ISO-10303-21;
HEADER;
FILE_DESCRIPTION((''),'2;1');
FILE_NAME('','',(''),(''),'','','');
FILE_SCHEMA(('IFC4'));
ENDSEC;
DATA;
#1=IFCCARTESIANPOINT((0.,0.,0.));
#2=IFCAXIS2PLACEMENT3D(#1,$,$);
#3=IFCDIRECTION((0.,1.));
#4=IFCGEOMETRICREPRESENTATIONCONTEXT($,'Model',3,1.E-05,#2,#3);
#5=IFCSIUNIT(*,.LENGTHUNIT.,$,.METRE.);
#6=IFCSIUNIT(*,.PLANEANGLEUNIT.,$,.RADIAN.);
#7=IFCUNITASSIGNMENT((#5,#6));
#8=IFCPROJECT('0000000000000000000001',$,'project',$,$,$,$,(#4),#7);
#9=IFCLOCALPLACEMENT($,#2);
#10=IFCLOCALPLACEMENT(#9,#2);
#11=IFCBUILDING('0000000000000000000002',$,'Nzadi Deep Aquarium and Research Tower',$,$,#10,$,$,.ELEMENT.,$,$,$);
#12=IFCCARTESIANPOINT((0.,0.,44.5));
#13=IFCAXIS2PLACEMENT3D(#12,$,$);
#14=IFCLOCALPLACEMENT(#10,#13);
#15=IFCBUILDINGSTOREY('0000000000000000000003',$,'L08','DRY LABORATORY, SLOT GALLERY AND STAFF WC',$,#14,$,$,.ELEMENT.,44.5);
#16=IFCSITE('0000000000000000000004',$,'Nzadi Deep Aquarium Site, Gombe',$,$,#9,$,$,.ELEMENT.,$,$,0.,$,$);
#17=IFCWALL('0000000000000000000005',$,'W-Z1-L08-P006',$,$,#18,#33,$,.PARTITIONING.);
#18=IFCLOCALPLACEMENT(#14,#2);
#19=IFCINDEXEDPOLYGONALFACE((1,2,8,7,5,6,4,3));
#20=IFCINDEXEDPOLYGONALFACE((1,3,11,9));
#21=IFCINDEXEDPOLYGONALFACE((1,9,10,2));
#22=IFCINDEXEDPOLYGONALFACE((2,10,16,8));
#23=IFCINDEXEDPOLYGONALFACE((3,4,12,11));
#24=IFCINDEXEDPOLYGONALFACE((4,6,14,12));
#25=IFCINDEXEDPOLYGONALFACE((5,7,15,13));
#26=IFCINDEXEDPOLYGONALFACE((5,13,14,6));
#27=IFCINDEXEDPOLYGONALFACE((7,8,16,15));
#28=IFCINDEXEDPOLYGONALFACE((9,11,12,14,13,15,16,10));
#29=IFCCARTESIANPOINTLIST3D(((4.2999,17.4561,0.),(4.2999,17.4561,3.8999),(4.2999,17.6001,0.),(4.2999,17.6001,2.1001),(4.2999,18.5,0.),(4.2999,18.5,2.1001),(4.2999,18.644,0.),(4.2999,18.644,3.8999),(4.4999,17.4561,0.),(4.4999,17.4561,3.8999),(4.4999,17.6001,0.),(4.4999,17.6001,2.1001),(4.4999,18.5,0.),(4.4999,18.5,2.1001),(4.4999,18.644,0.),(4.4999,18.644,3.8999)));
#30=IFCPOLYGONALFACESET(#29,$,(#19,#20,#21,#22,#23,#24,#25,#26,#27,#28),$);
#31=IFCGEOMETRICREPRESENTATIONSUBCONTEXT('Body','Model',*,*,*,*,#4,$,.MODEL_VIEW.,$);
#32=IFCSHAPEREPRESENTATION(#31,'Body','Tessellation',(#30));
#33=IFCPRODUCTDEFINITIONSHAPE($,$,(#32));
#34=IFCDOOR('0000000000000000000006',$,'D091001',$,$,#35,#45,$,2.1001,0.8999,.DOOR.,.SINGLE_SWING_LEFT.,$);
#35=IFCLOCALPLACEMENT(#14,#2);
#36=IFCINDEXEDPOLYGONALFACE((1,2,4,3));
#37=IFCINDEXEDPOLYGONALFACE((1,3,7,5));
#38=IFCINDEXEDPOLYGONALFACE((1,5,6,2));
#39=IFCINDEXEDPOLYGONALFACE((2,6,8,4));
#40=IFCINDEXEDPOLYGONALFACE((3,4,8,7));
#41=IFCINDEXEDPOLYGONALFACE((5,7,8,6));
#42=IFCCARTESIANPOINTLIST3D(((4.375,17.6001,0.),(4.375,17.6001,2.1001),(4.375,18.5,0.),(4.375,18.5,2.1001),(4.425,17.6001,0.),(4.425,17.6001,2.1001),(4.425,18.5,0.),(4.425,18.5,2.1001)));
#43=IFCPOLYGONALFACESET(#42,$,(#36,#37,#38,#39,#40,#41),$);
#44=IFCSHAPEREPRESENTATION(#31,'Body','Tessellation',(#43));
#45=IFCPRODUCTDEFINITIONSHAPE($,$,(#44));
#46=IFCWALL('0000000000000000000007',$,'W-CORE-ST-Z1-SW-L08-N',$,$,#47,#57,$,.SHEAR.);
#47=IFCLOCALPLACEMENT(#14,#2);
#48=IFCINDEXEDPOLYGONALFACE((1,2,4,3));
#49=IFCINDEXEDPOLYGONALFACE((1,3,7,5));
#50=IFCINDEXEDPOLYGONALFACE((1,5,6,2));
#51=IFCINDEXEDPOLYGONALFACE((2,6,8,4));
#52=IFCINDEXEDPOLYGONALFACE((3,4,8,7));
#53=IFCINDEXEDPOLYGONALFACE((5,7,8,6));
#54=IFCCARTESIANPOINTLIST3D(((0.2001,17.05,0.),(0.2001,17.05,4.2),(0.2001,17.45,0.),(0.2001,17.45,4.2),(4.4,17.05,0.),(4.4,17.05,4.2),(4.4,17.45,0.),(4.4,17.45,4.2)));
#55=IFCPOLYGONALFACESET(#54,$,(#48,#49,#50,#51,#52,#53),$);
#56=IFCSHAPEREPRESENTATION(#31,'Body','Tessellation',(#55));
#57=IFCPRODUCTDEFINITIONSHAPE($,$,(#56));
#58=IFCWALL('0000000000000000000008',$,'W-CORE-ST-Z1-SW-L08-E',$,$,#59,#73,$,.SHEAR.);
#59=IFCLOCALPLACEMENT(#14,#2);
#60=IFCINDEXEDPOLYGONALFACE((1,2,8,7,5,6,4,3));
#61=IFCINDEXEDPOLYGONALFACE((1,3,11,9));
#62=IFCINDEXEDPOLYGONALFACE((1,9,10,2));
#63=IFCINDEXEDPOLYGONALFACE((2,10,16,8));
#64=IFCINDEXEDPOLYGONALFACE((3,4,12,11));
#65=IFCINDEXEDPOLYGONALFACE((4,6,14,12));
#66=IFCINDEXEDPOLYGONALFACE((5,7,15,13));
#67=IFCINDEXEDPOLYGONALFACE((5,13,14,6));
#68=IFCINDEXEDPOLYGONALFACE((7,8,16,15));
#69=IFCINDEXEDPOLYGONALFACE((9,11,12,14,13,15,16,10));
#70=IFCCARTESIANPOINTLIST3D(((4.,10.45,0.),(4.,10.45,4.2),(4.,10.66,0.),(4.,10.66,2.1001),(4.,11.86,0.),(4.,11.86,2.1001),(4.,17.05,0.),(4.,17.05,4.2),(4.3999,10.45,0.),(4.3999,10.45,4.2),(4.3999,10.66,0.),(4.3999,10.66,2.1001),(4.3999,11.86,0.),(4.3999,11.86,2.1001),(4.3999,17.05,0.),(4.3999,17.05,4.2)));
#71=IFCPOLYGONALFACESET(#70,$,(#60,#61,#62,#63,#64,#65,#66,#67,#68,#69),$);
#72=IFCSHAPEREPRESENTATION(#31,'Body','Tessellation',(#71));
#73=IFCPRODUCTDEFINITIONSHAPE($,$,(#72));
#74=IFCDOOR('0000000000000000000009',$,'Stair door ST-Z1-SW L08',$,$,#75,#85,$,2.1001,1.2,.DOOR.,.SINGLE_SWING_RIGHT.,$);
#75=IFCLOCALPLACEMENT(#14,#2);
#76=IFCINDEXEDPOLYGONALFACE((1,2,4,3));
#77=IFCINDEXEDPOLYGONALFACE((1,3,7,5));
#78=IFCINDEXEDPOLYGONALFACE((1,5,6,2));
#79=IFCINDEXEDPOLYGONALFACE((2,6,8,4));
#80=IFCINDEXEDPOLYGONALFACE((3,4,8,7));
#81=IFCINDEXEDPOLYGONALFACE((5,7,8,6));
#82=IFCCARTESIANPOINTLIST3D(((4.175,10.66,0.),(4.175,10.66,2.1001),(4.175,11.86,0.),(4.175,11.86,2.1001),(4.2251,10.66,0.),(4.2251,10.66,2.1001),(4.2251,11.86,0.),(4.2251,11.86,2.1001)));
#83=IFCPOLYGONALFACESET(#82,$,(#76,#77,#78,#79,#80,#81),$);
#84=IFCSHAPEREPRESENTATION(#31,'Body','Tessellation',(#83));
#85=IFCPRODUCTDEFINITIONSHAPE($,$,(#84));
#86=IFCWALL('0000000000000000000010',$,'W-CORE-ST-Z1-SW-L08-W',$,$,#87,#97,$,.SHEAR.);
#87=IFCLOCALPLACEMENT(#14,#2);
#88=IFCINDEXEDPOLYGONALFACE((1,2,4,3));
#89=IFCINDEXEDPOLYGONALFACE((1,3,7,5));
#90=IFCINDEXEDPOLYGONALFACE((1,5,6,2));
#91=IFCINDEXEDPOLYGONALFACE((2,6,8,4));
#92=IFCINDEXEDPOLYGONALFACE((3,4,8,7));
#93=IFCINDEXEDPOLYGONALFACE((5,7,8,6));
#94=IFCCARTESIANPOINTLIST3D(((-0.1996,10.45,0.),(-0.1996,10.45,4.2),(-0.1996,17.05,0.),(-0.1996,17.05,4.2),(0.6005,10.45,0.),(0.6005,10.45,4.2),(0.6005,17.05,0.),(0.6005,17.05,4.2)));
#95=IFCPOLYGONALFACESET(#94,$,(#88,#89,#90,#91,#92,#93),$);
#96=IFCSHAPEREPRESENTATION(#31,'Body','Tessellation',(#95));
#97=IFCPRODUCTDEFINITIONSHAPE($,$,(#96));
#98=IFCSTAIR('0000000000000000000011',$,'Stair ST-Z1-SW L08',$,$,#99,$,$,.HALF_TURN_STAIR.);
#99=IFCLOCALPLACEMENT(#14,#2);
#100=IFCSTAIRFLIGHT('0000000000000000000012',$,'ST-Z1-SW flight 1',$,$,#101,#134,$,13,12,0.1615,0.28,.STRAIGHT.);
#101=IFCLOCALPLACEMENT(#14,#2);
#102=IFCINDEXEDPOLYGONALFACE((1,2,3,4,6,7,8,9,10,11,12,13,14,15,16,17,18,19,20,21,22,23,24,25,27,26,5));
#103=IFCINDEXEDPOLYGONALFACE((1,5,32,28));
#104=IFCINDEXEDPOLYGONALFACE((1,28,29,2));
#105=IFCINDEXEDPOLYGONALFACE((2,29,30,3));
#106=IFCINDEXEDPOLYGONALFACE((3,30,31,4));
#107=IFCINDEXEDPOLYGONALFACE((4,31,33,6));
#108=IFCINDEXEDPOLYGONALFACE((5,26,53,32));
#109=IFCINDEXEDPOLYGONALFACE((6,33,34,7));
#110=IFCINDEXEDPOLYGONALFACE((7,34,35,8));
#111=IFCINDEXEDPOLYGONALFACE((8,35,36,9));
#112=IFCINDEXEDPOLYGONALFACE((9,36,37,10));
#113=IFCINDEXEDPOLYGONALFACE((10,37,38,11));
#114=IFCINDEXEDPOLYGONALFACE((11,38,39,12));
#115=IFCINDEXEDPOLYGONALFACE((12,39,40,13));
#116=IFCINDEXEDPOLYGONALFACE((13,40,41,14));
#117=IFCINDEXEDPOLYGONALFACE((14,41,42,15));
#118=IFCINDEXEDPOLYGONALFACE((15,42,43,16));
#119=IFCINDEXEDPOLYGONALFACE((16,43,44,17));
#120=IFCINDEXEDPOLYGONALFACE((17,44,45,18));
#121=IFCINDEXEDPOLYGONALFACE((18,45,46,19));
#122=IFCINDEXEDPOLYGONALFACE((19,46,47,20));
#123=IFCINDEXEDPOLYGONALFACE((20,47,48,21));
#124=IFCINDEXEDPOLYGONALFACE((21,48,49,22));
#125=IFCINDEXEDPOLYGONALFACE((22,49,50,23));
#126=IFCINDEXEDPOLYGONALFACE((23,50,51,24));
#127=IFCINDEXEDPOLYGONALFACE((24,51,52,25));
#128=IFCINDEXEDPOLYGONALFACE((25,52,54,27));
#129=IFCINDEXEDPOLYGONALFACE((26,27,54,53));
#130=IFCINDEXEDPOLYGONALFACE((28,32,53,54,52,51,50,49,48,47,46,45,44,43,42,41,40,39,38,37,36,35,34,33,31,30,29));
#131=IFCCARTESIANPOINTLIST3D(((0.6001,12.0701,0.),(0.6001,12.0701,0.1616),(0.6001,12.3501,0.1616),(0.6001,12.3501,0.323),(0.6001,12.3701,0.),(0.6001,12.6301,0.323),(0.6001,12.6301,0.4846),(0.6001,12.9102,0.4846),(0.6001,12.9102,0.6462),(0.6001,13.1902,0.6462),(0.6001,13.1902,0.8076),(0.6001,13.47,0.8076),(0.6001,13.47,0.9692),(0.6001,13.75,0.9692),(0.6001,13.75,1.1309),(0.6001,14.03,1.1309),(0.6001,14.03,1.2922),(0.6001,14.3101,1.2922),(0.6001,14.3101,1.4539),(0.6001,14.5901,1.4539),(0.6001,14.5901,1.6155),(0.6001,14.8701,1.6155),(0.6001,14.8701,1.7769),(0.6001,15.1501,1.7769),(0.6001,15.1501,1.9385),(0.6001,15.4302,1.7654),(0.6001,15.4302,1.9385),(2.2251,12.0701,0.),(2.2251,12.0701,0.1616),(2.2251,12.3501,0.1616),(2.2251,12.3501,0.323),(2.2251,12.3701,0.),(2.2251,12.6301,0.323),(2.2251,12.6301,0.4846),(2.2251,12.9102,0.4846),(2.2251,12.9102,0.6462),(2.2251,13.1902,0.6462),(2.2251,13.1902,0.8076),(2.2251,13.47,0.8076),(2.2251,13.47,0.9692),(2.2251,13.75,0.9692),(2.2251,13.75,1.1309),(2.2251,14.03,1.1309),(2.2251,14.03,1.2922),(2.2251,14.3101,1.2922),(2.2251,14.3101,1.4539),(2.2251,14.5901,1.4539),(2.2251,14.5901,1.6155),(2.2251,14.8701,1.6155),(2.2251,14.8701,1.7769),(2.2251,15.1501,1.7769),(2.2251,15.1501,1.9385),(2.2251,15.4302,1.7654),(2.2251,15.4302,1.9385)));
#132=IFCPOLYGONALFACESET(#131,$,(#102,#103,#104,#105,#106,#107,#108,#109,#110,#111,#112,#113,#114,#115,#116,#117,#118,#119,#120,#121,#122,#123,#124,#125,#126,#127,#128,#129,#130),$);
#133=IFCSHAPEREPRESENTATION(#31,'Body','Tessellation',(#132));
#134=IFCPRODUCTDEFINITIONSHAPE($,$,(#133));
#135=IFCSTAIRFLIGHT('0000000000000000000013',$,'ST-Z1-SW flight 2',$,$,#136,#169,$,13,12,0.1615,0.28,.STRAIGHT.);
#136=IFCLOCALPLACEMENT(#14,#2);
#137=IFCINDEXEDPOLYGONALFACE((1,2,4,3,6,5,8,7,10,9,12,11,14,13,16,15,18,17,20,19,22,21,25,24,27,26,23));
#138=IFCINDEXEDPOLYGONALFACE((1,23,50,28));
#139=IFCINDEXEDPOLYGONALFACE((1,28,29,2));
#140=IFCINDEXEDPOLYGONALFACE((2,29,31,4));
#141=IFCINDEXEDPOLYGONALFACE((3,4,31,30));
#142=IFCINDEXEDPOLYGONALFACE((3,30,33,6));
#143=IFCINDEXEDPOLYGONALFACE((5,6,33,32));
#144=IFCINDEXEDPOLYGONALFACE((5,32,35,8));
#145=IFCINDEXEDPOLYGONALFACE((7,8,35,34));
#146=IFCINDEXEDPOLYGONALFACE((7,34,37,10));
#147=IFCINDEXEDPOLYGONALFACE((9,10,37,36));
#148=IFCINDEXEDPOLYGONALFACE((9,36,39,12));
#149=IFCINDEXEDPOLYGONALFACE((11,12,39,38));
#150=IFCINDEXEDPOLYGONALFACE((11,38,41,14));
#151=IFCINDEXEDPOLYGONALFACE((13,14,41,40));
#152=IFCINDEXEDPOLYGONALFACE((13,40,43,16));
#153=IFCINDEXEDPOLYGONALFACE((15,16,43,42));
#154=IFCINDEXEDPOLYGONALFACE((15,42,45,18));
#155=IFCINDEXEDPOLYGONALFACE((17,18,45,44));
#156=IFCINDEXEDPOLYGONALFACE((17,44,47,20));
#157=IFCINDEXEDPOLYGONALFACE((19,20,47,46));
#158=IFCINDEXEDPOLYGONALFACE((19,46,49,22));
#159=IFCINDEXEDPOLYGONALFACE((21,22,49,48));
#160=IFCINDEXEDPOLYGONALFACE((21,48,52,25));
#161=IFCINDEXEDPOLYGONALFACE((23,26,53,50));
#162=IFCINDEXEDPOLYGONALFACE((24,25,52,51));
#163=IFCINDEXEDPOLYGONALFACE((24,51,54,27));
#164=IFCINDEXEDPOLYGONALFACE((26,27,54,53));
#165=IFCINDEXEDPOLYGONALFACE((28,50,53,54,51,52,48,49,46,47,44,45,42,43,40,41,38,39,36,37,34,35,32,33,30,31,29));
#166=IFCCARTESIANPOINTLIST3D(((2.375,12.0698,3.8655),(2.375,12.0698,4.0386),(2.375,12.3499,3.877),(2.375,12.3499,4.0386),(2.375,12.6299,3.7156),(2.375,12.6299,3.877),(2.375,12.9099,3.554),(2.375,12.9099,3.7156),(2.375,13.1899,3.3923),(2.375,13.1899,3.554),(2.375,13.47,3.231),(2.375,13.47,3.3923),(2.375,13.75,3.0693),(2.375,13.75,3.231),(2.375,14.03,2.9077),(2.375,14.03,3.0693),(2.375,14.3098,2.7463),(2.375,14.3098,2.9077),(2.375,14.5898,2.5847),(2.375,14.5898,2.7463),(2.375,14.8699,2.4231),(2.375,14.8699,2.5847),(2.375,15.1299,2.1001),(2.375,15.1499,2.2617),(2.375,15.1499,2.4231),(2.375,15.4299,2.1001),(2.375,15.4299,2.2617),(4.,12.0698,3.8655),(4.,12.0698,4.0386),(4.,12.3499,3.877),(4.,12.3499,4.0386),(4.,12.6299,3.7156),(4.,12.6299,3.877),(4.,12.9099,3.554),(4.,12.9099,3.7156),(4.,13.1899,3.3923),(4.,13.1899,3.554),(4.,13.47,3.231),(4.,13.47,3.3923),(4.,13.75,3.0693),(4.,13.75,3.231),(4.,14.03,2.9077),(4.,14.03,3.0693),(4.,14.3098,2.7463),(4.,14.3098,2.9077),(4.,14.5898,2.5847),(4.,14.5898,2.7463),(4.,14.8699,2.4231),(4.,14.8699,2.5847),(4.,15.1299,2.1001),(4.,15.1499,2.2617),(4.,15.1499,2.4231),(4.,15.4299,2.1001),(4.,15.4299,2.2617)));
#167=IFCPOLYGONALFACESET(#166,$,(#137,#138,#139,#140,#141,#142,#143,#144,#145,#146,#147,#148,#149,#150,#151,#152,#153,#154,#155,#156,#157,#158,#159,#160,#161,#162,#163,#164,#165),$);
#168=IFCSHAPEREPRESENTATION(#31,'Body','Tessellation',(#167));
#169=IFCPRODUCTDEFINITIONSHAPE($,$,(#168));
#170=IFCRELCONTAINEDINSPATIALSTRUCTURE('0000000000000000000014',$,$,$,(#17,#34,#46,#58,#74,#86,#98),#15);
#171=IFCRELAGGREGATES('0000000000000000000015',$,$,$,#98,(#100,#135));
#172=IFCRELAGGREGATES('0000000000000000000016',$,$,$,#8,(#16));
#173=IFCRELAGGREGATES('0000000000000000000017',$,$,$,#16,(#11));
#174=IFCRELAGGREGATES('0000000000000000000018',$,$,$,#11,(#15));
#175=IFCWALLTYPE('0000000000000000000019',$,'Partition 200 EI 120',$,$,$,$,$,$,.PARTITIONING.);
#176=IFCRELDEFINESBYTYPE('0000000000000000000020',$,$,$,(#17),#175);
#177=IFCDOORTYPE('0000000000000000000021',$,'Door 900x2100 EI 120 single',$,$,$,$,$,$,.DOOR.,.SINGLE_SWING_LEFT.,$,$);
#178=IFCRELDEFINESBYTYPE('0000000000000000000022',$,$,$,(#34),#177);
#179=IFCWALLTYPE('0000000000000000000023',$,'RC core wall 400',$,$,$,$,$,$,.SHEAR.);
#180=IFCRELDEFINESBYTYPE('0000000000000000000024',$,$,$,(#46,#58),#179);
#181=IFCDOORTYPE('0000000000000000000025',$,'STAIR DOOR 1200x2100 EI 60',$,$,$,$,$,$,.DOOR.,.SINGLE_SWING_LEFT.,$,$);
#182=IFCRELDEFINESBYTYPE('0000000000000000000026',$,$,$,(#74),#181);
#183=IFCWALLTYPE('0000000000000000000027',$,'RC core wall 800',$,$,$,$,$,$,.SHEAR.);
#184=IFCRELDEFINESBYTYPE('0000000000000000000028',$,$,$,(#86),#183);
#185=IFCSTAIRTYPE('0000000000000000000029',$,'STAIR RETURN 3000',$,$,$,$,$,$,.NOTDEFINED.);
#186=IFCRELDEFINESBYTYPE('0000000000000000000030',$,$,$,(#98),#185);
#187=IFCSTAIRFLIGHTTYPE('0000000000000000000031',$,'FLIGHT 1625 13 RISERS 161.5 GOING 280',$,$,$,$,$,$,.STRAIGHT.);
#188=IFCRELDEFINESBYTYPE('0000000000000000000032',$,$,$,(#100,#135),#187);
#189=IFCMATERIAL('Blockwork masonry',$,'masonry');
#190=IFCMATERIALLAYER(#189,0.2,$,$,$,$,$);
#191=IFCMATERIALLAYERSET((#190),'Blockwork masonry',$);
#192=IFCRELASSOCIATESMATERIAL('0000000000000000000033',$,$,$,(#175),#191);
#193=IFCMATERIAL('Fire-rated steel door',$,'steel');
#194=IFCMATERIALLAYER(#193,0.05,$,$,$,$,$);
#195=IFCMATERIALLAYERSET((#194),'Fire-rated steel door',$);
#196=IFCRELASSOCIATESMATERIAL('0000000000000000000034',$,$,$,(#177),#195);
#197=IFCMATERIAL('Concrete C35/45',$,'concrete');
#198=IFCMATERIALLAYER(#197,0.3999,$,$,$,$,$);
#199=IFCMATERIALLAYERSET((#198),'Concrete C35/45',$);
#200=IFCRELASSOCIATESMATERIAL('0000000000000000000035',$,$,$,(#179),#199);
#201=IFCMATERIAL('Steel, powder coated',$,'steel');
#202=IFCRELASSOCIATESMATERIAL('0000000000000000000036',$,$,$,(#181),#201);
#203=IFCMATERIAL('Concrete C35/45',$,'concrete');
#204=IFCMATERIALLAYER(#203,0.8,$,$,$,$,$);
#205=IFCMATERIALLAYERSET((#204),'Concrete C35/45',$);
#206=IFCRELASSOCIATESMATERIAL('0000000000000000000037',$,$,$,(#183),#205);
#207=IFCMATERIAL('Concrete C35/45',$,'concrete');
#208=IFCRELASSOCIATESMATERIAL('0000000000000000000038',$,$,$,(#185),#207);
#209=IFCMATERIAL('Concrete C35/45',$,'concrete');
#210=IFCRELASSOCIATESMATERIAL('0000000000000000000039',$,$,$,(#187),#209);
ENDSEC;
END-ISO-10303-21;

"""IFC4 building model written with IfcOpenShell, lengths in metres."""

from ifc_helpers import new_model, si_unit, direction, frame, frame_2d, origin, place, context, subcontext, project, spatial, polyline, rectangle, outline, extrude, material, layer, layer_set, type_object, element, fill, aggregate, save


model = new_model("IFC4")

# Units and contexts
model_context = context("Model", 3, precision=1e-05, world=origin(), true_north=direction((0.0, 1.0)))
body_context = subcontext(model_context, "Body", "Model", "MODEL_VIEW")
ifc_project = project(units=[si_unit("LENGTHUNIT", "METRE"), si_unit("PLANEANGLEUNIT", "RADIAN")], contexts=[model_context])

# Site, building, storey
site_placement = place(None, origin())
site = spatial("IfcSite", under=ifc_project, at=site_placement, Name="Nzadi Deep Aquarium Site, Gombe", CompositionType="ELEMENT", RefElevation=0.0)
building_placement = place(site_placement, origin())
building = spatial("IfcBuilding", under=site, at=building_placement, Name="Nzadi Deep Aquarium and Research Tower", CompositionType="ELEMENT")
storey_placement = place(building_placement, frame((0.0, 0.0, 44.5)))
storey = spatial("IfcBuildingStorey", under=building, at=storey_placement, Name="L08", Description="DRY LABORATORY, SLOT GALLERY AND STAFF WC", CompositionType="ELEMENT", Elevation=44.5)

# Wall, opening, door
ifc_material_1 = material(Name="Blockwork masonry", Category="masonry")
ifc_layer_1 = layer(ifc_material_1, 0.2)
ifc_layer_set_1 = layer_set([ifc_layer_1], Name="Blockwork masonry")
wall_type_1 = type_object("IfcWallType", Name="Partition 200 EI 120", PredefinedType="PARTITIONING", material=ifc_layer_set_1)
wall_1_placement = place(storey_placement, frame((4.3999, 17.4561, 0.0), z_axis=(0.0, 0.0, 1.0), x_axis=(0.0, 1.0, 0.0)))
wall_1 = element("IfcWall", 1, at=wall_1_placement, inside=storey, type_object=wall_type_1, Name="W-Z1-L08-P006", PredefinedType="PARTITIONING", context=body_context, shape_type="SweptSolid", body=[
    extrude(rectangle(XDim=1.188, YDim=0.2, at=frame_2d((0.594, 0.0))), origin(), (0.0, 0.0, 1.0), 3.8999),
])
opening_1_placement = place(wall_1_placement, frame((0.144, 0.0, 0.0)))
opening_1 = element("IfcOpeningElement", 2, at=opening_1_placement, cuts=wall_1, PredefinedType="OPENING", context=body_context, shape_type="SweptSolid", body=[
    extrude(rectangle(XDim=0.8999, YDim=2.1001, at=frame_2d((0.45, 1.05))), frame((0.0, 0.1101, 0.0), z_axis=(0.0, -1.0, 0.0), x_axis=(1.0, 0.0, 0.0)), (0.0, 0.0, 1.0), 0.2202),
])
ifc_material_2 = material(Name="Fire-rated steel door", Category="steel")
ifc_layer_2 = layer(ifc_material_2, 0.05)
ifc_layer_set_2 = layer_set([ifc_layer_2], Name="Fire-rated steel door")
door_type_1 = type_object("IfcDoorType", Name="Door 900x2100 EI 120 single", OperationType="SINGLE_SWING_LEFT", PredefinedType="DOOR", material=ifc_layer_set_2)
door_1_placement = place(opening_1_placement, origin())
door_1 = element("IfcDoor", 3, at=door_1_placement, inside=storey, type_object=door_type_1, Name="D091001", OperationType="SINGLE_SWING_LEFT", OverallHeight=2.1001, OverallWidth=0.8999, PredefinedType="DOOR", context=body_context, shape_type="SweptSolid", body=[
    extrude(rectangle(XDim=0.8999, YDim=2.1001, at=frame_2d((0.45, 1.05))), frame((0.0, 0.0249, 0.0), z_axis=(0.0, -1.0, 0.0), x_axis=(1.0, 0.0, 0.0)), (0.0, 0.0, 1.0), 0.05),
])
fill(opening_1, door_1)

# Wall
ifc_material_3 = material(Name="Concrete C35/45", Category="concrete")
ifc_layer_3 = layer(ifc_material_3, 0.3999)
ifc_layer_set_3 = layer_set([ifc_layer_3], Name="Concrete C35/45")
wall_type_2 = type_object("IfcWallType", Name="RC core wall 400", PredefinedType="SHEAR", material=ifc_layer_set_3)
wall_2_placement = place(storey_placement, frame((0.2, 17.25, 0.0), z_axis=(0.0, 0.0, 1.0), x_axis=(1.0, 0.0, 0.0)))
element("IfcWall", 4, at=wall_2_placement, inside=storey, type_object=wall_type_2, Name="W-CORE-ST-Z1-SW-L08-N", PredefinedType="SHEAR", context=body_context, shape_type="SweptSolid", body=[
    extrude(rectangle(XDim=4.2, YDim=0.3999, at=frame_2d((2.1001, 0.0))), origin(), (0.0, 0.0, 1.0), 4.2),
])

# Wall, opening, door
wall_3_placement = place(storey_placement, frame((4.2, 10.45, 0.0), z_axis=(0.0, 0.0, 1.0), x_axis=(0.0, 1.0, 0.0)))
wall_3 = element("IfcWall", 5, at=wall_3_placement, inside=storey, type_object=wall_type_2, Name="W-CORE-ST-Z1-SW-L08-E", PredefinedType="SHEAR", context=body_context, shape_type="SweptSolid", body=[
    extrude(rectangle(XDim=6.6001, YDim=0.3999, at=frame_2d((3.3, 0.0))), origin(), (0.0, 0.0, 1.0), 4.2),
])
opening_2_placement = place(wall_3_placement, frame((0.21, 0.0, 0.0)))
opening_2 = element("IfcOpeningElement", 6, at=opening_2_placement, cuts=wall_3, PredefinedType="OPENING", context=body_context, shape_type="SweptSolid", body=[
    extrude(rectangle(XDim=1.2, YDim=2.1001, at=frame_2d((0.6001, 1.05))), frame((0.0, 0.21, 0.0), z_axis=(0.0, -1.0, 0.0), x_axis=(1.0, 0.0, 0.0)), (0.0, 0.0, 1.0), 0.4199),
])
ifc_material_4 = material(Name="Steel, powder coated", Category="steel")
door_type_2 = type_object("IfcDoorType", Name="STAIR DOOR 1200x2100 EI 60", OperationType="SINGLE_SWING_LEFT", PredefinedType="DOOR", material=ifc_material_4)
door_2_placement = place(opening_2_placement, origin())
door_2 = element("IfcDoor", 7, at=door_2_placement, inside=storey, type_object=door_type_2, Name="Stair door ST-Z1-SW L08", OperationType="SINGLE_SWING_RIGHT", OverallHeight=2.1001, OverallWidth=1.2, PredefinedType="DOOR", context=body_context, shape_type="SweptSolid", body=[
    extrude(rectangle(XDim=1.2, YDim=2.1001, at=frame_2d((0.6001, 1.05))), frame((0.0, 0.0249, 0.0), z_axis=(0.0, -1.0, 0.0), x_axis=(1.0, 0.0, 0.0)), (0.0, 0.0, 1.0), 0.05),
])
fill(opening_2, door_2)

# Wall
ifc_material_5 = material(Name="Concrete C35/45", Category="concrete")
ifc_layer_4 = layer(ifc_material_5, 0.8)
ifc_layer_set_4 = layer_set([ifc_layer_4], Name="Concrete C35/45")
wall_type_3 = type_object("IfcWallType", Name="RC core wall 800", PredefinedType="SHEAR", material=ifc_layer_set_4)
wall_4_placement = place(storey_placement, frame((0.2004, 10.45, 0.0), z_axis=(0.0, 0.0, 1.0), x_axis=(0.0, 1.0, 0.0)))
element("IfcWall", 8, at=wall_4_placement, inside=storey, type_object=wall_type_3, Name="W-CORE-ST-Z1-SW-L08-W", PredefinedType="SHEAR", context=body_context, shape_type="SweptSolid", body=[
    extrude(rectangle(XDim=6.6001, YDim=0.8, at=frame_2d((3.3, 0.0))), origin(), (0.0, 0.0, 1.0), 4.2),
])

# Stair, stair flights
ifc_material_6 = material(Name="Concrete C35/45", Category="concrete")
stair_type = type_object("IfcStairType", Name="STAIR RETURN 3000", PredefinedType="NOTDEFINED", material=ifc_material_6)
stair_placement = place(storey_placement, origin())
stair = element("IfcStair", 9, at=stair_placement, inside=storey, type_object=stair_type, Name="Stair ST-Z1-SW L08", PredefinedType="HALF_TURN_STAIR")
ifc_material_7 = material(Name="Concrete C35/45", Category="concrete")
stair_flight_type = type_object("IfcStairFlightType", Name="FLIGHT 1625 13 RISERS 161.5 GOING 280", PredefinedType="STRAIGHT", material=ifc_material_7)
stair_flight_1_placement = place(storey_placement, frame((1.4126, 12.0701, 0.0), z_axis=(0.0, 0.0, 1.0), x_axis=(0.0, 1.0, 0.0)))
stair_flight_1 = element("IfcStairFlight", 10, at=stair_flight_1_placement, type_object=stair_flight_type, Name="ST-Z1-SW flight 1", NumberOfRisers=13, NumberOfTreads=12, PredefinedType="STRAIGHT", RiserHeight=0.1615, TreadLength=0.28, context=body_context, shape_type="SweptSolid", body=[
    extrude(outline(polyline([(0.0, 0.0), (0.0, 0.1616), (0.28, 0.1616), (0.28, 0.323), (0.5601, 0.323), (0.5601, 0.4846), (0.8401, 0.4846), (0.8401, 0.6462), (1.1201, 0.6462), (1.1201, 0.8076), (1.3999, 0.8076), (1.3999, 0.9692), (1.6799, 0.9692), (1.6799, 1.1309), (1.96, 1.1309), (1.96, 1.2922), (2.24, 1.2922), (2.24, 1.4539), (2.52, 1.4539), (2.52, 1.6155), (2.8, 1.6155), (2.8, 1.7769), (3.0801, 1.7769), (3.0801, 1.9385), (3.3601, 1.9385), (3.3601, 2.1001), (3.3601, 1.7654), (0.3, 0.0), (0.0, 0.0)])), frame((0.0, 0.8125, 0.0), z_axis=(0.0, -1.0, 0.0), x_axis=(1.0, 0.0, 0.0)), (0.0, 0.0, 1.0), 1.625),
])
stair_flight_2_placement = place(storey_placement, frame((3.1875, 15.4299, 2.1001), z_axis=(0.0, 0.0, 1.0), x_axis=(0.0, -1.0, 0.0)))
stair_flight_2 = element("IfcStairFlight", 11, at=stair_flight_2_placement, type_object=stair_flight_type, Name="ST-Z1-SW flight 2", NumberOfRisers=13, NumberOfTreads=12, PredefinedType="STRAIGHT", RiserHeight=0.1615, TreadLength=0.28, context=body_context, shape_type="SweptSolid", body=[
    extrude(outline(polyline([(0.0, 0.0), (0.0, 0.1616), (0.28, 0.1616), (0.28, 0.323), (0.5601, 0.323), (0.5601, 0.4846), (0.8401, 0.4846), (0.8401, 0.6462), (1.1201, 0.6462), (1.1201, 0.8076), (1.3999, 0.8076), (1.3999, 0.9692), (1.6799, 0.9692), (1.6799, 1.1309), (1.96, 1.1309), (1.96, 1.2922), (2.24, 1.2922), (2.24, 1.4539), (2.52, 1.4539), (2.52, 1.6155), (2.8, 1.6155), (2.8, 1.7769), (3.0801, 1.7769), (3.0801, 1.9385), (3.3601, 1.9385), (3.3601, 2.1001), (3.3601, 1.7654), (0.3, 0.0), (0.0, 0.0)])), frame((0.0, 0.8125, 0.0), z_axis=(0.0, -1.0, 0.0), x_axis=(1.0, 0.0, 0.0)), (0.0, 0.0, 1.0), 1.625),
])
aggregate(stair, [stair_flight_1, stair_flight_2])

save(model, "model.ifc")
